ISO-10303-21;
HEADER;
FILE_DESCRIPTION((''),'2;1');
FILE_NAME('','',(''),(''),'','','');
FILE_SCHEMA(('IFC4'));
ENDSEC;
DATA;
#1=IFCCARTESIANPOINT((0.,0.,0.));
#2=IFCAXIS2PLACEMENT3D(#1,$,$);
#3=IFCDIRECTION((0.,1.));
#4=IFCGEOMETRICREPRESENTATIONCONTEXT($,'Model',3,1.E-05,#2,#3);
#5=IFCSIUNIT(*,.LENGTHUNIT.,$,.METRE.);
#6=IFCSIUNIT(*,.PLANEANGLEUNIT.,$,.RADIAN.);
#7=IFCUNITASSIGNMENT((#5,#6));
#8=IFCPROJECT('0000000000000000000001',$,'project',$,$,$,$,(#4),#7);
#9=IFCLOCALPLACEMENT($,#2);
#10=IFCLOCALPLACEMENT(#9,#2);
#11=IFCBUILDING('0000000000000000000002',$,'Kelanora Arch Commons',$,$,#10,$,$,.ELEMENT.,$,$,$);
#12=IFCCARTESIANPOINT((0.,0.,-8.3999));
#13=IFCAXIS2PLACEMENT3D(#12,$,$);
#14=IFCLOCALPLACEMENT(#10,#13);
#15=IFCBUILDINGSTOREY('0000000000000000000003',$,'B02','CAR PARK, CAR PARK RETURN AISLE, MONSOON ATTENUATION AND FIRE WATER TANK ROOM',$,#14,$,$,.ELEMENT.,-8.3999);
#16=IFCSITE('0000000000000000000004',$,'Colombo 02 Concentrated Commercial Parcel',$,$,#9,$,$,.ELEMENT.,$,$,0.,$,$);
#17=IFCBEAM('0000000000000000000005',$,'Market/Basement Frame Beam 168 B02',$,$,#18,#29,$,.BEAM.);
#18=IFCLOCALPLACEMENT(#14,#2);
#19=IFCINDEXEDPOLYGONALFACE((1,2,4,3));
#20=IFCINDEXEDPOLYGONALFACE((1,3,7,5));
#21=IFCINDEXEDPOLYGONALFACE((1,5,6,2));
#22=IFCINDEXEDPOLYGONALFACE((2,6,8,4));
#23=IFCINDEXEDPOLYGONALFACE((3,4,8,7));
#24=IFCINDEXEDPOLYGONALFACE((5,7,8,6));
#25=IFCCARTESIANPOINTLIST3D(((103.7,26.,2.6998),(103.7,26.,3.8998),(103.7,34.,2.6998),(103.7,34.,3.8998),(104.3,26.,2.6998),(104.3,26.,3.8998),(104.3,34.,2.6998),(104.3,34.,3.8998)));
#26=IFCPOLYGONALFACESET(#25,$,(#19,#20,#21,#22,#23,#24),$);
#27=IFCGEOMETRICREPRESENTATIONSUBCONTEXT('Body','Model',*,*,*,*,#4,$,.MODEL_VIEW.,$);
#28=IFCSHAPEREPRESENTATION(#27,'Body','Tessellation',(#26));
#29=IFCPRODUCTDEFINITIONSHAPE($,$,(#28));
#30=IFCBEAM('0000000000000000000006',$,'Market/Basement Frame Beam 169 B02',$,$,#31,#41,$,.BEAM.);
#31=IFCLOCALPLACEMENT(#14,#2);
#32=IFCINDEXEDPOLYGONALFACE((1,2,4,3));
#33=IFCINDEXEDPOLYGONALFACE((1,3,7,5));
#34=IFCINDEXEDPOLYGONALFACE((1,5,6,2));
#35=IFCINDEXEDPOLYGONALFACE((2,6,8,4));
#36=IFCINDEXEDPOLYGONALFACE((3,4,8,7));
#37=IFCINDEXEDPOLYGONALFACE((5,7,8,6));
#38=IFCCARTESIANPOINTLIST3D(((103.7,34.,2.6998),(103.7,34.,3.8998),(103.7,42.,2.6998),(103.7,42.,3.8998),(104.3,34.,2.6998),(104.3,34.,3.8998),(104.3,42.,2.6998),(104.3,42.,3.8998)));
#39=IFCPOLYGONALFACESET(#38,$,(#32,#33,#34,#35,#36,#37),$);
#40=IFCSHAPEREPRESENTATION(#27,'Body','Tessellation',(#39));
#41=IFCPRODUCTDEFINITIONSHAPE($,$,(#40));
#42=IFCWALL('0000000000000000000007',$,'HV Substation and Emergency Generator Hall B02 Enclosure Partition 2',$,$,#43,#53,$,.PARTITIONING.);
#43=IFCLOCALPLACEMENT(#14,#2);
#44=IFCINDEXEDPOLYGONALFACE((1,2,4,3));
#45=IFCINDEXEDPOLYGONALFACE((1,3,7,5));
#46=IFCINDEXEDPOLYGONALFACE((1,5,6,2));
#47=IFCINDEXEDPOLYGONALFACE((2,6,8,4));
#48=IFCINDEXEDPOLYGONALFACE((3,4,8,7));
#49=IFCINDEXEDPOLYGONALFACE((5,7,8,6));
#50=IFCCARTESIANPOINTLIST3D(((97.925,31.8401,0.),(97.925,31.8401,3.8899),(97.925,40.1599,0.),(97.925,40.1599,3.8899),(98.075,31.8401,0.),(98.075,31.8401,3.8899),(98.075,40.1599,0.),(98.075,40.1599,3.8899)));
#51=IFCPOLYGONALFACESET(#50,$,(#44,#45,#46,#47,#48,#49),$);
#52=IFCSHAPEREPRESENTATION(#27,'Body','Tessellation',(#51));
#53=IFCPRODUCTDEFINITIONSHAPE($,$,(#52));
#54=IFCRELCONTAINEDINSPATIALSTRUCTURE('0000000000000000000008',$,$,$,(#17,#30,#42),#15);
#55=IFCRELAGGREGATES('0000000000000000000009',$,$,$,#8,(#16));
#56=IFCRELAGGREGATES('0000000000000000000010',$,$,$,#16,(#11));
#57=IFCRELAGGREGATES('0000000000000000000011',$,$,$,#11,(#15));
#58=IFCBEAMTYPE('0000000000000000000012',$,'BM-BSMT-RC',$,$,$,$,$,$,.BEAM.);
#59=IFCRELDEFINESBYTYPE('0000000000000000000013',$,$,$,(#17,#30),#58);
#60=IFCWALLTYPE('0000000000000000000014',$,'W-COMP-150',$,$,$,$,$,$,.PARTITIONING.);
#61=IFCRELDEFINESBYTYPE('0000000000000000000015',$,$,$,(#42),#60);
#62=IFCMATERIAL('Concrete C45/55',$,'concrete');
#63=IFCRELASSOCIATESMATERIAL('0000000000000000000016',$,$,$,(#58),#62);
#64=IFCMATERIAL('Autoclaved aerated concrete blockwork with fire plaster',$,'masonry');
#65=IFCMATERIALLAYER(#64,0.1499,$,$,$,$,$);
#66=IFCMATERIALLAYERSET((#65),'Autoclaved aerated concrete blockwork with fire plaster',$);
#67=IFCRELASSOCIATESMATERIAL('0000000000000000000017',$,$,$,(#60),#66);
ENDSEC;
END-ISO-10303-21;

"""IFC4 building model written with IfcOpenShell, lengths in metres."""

from ifc_helpers import new_model, si_unit, direction, frame, frame_2d, origin, origin_2d, place, context, subcontext, project, spatial, rectangle, extrude, material, layer, layer_set, material_profile, profile_set, type_object, element, save


model = new_model("IFC4")

# Units and contexts
model_context = context("Model", 3, precision=1e-05, world=origin(), true_north=direction((0.0, 1.0)))
body_context = subcontext(model_context, "Body", "Model", "MODEL_VIEW")
ifc_project = project(units=[si_unit("LENGTHUNIT", "METRE"), si_unit("PLANEANGLEUNIT", "RADIAN")], contexts=[model_context])

# Site, building, storey
site_placement = place(None, origin())
site = spatial("IfcSite", under=ifc_project, at=site_placement, Name="Colombo 02 Concentrated Commercial Parcel", CompositionType="ELEMENT", RefElevation=0.0)
building_placement = place(site_placement, origin())
building = spatial("IfcBuilding", under=site, at=building_placement, Name="Kelanora Arch Commons", CompositionType="ELEMENT")
storey_placement = place(building_placement, frame((0.0, 0.0, -8.3999)))
storey = spatial("IfcBuildingStorey", under=building, at=storey_placement, Name="B02", Description="CAR PARK, CAR PARK RETURN AISLE, MONSOON ATTENUATION AND FIRE WATER TANK ROOM", CompositionType="ELEMENT", Elevation=-8.3999)

# Shared definitions
ifc_material_1 = material(Name="Concrete C45/55", Category="concrete")

# Beams
ifc_material_profile_1 = material_profile(ifc_material_1, rectangle(XDim=0.6001, YDim=1.2, at=origin_2d()), Name="RCB600x1200")
ifc_profile_set_1 = profile_set([ifc_material_profile_1], Name="Concrete C45/55")
beam_type = type_object("IfcBeamType", Name="BM-BSMT-RC", PredefinedType="BEAM", material=ifc_profile_set_1)
for number, where, z_axis, x_axis, name in (
    (1, (104.0, 26.0, 3.2998), (0.0, 1.0, 0.0), (-1.0, 0.0, 0.0), "Market/Basement Frame Beam 168 B02"),
    (2, (104.0, 34.0, 3.2998), (0.0, 1.0, 0.0), (-1.0, 0.0, 0.0), "Market/Basement Frame Beam 169 B02"),
):
    element("IfcBeam", number, at=place(storey_placement, frame(where, z_axis=z_axis, x_axis=x_axis)), inside=storey, type_object=beam_type, Name=name, PredefinedType="BEAM", context=body_context, shape_type="SweptSolid", body=[
        extrude(rectangle(XDim=0.6001, YDim=1.2, at=origin_2d()), origin(), (0.0, 0.0, 1.0), 8.0),
    ])

# Wall
ifc_material_2 = material(Name="Autoclaved aerated concrete blockwork with fire plaster", Category="masonry")
ifc_layer = layer(ifc_material_2, 0.1499)
ifc_layer_set = layer_set([ifc_layer], Name="Autoclaved aerated concrete blockwork with fire plaster")
wall_type = type_object("IfcWallType", Name="W-COMP-150", PredefinedType="PARTITIONING", material=ifc_layer_set)
wall_placement = place(storey_placement, frame((98.0, 31.8401, 0.0), z_axis=(0.0, 0.0, 1.0), x_axis=(0.0, 1.0, 0.0)))
element("IfcWall", 3, at=wall_placement, inside=storey, type_object=wall_type, Name="HV Substation and Emergency Generator Hall B02 Enclosure Partition 2", PredefinedType="PARTITIONING", context=body_context, shape_type="SweptSolid", body=[
    extrude(rectangle(XDim=8.3198, YDim=0.1499, at=frame_2d((4.1599, 0.0))), origin(), (0.0, 0.0, 1.0), 3.8899),
])

save(model, "model.ifc")
